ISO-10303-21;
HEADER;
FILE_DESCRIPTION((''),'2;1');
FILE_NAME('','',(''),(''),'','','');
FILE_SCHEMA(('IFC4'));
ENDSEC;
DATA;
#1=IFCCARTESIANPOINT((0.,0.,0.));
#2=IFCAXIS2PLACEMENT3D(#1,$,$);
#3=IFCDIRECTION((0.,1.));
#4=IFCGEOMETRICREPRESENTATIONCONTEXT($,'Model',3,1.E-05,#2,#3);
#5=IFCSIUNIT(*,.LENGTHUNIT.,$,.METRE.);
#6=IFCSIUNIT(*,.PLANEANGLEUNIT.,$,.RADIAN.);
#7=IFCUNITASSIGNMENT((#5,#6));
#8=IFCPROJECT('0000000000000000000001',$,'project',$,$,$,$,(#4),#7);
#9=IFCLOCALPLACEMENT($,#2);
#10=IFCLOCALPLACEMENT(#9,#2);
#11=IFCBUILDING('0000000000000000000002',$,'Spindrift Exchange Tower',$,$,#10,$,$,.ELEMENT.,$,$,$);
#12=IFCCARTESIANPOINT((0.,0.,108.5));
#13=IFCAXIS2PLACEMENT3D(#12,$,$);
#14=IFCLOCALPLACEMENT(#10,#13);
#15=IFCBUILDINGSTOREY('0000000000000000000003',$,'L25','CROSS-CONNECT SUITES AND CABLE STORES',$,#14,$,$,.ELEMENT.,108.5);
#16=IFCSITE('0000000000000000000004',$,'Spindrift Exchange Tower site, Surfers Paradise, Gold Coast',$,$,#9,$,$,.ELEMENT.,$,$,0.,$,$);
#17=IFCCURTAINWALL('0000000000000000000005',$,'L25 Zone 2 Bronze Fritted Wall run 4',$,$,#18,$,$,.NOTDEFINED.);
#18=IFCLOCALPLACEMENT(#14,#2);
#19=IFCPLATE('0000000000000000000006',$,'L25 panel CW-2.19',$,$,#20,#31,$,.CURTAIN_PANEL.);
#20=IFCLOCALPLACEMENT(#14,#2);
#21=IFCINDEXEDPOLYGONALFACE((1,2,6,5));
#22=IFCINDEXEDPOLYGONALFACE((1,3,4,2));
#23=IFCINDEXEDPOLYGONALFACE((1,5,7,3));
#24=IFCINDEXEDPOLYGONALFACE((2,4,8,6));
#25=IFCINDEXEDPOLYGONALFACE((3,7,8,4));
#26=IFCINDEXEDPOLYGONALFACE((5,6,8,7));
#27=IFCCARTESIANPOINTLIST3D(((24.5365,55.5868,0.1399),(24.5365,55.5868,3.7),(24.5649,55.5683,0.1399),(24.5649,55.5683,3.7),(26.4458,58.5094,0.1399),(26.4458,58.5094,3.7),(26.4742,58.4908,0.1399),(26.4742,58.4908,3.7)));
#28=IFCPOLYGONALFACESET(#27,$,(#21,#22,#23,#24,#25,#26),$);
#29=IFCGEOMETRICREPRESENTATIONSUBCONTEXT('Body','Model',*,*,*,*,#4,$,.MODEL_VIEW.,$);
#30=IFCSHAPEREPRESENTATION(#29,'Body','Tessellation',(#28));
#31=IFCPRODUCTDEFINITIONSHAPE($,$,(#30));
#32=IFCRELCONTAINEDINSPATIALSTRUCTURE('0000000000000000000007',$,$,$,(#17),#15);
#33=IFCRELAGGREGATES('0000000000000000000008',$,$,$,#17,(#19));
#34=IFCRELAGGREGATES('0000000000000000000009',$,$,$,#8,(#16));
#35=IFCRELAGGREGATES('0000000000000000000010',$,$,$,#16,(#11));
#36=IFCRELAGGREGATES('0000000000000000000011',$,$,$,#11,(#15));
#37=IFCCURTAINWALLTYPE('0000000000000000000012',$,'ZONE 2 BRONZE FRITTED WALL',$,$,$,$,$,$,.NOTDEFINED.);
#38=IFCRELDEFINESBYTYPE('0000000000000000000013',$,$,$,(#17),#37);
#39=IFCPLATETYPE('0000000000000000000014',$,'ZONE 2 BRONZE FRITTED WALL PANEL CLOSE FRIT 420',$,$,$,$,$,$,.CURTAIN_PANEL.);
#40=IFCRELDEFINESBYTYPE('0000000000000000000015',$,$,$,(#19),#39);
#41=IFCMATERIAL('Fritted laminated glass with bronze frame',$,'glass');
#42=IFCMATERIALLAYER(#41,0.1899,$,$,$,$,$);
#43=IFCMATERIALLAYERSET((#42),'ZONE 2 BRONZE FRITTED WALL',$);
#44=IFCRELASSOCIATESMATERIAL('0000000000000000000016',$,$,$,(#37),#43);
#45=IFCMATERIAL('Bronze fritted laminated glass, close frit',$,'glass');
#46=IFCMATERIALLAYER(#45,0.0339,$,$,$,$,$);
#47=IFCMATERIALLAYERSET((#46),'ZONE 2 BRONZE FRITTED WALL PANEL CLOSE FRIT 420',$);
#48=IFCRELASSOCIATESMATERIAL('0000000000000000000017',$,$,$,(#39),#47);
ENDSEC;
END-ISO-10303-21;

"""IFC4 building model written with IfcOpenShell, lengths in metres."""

from ifc_helpers import new_model, si_unit, direction, frame, origin, origin_2d, place, context, subcontext, project, spatial, rectangle, extrude, source, transform, mapped, material, layer, layer_set, type_object, element, aggregate, save


model = new_model("IFC4")

# Units and contexts
model_context = context("Model", 3, precision=1e-05, world=origin(), true_north=direction((0.0, 1.0)))
body_context = subcontext(model_context, "Body", "Model", "MODEL_VIEW")
ifc_project = project(units=[si_unit("LENGTHUNIT", "METRE"), si_unit("PLANEANGLEUNIT", "RADIAN")], contexts=[model_context])

# Site, building, storey
site_placement = place(None, origin())
site = spatial("IfcSite", under=ifc_project, at=site_placement, Name="Spindrift Exchange Tower site, Surfers Paradise, Gold Coast", CompositionType="ELEMENT", RefElevation=0.0)
building_placement = place(site_placement, origin())
building = spatial("IfcBuilding", under=site, at=building_placement, Name="Spindrift Exchange Tower", CompositionType="ELEMENT")
storey_placement = place(building_placement, frame((0.0, 0.0, 108.5)))
storey = spatial("IfcBuildingStorey", under=building, at=storey_placement, Name="L25", Description="CROSS-CONNECT SUITES AND CABLE STORES", CompositionType="ELEMENT", Elevation=108.5)

# Curtain wall, plate
ifc_material_1 = material(Name="Fritted laminated glass with bronze frame", Category="glass")
ifc_layer_1 = layer(ifc_material_1, 0.1899)
ifc_layer_set_1 = layer_set([ifc_layer_1], Name="ZONE 2 BRONZE FRITTED WALL")
curtain_wall_type = type_object("IfcCurtainWallType", Name="ZONE 2 BRONZE FRITTED WALL", PredefinedType="NOTDEFINED", material=ifc_layer_set_1)
curtain_wall_placement = place(storey_placement, origin())
curtain_wall = element("IfcCurtainWall", 1, at=curtain_wall_placement, inside=storey, type_object=curtain_wall_type, Name="L25 Zone 2 Bronze Fritted Wall run 4", PredefinedType="NOTDEFINED")
ifc_material_2 = material(Name="Bronze fritted laminated glass, close frit", Category="glass")
ifc_layer_2 = layer(ifc_material_2, 0.0339)
ifc_layer_set_2 = layer_set([ifc_layer_2], Name="ZONE 2 BRONZE FRITTED WALL PANEL CLOSE FRIT 420")
plate_type_1 = type_object("IfcPlateType", Name="ZONE 2 BRONZE FRITTED WALL PANEL CLOSE FRIT 420", PredefinedType="CURTAIN_PANEL", material=ifc_layer_set_2)
shared_shape_1 = source(origin(), body_context, "Body", "SweptSolid", [
    extrude(rectangle(XDim=3.491, YDim=0.0339, at=origin_2d()), origin(), (0.0, 0.0, 1.0), 3.5601),
])
plate_1_placement = place(storey_placement, frame((25.5054, 57.0388, 0.1399), z_axis=(0.0, 0.0, 1.0), x_axis=(-0.546937, -0.837174, 0.0)))
plate_1 = element("IfcPlate", 2, at=plate_1_placement, type_object=plate_type_1, Name="L25 panel CW-2.19", PredefinedType="CURTAIN_PANEL", context=body_context, shape_type="MappedRepresentation", body=[
    mapped(shared_shape_1, transform((0.0, 0.0, 0.0), scale=1.0)),
])
aggregate(curtain_wall, [plate_1])

save(model, "model.ifc")
